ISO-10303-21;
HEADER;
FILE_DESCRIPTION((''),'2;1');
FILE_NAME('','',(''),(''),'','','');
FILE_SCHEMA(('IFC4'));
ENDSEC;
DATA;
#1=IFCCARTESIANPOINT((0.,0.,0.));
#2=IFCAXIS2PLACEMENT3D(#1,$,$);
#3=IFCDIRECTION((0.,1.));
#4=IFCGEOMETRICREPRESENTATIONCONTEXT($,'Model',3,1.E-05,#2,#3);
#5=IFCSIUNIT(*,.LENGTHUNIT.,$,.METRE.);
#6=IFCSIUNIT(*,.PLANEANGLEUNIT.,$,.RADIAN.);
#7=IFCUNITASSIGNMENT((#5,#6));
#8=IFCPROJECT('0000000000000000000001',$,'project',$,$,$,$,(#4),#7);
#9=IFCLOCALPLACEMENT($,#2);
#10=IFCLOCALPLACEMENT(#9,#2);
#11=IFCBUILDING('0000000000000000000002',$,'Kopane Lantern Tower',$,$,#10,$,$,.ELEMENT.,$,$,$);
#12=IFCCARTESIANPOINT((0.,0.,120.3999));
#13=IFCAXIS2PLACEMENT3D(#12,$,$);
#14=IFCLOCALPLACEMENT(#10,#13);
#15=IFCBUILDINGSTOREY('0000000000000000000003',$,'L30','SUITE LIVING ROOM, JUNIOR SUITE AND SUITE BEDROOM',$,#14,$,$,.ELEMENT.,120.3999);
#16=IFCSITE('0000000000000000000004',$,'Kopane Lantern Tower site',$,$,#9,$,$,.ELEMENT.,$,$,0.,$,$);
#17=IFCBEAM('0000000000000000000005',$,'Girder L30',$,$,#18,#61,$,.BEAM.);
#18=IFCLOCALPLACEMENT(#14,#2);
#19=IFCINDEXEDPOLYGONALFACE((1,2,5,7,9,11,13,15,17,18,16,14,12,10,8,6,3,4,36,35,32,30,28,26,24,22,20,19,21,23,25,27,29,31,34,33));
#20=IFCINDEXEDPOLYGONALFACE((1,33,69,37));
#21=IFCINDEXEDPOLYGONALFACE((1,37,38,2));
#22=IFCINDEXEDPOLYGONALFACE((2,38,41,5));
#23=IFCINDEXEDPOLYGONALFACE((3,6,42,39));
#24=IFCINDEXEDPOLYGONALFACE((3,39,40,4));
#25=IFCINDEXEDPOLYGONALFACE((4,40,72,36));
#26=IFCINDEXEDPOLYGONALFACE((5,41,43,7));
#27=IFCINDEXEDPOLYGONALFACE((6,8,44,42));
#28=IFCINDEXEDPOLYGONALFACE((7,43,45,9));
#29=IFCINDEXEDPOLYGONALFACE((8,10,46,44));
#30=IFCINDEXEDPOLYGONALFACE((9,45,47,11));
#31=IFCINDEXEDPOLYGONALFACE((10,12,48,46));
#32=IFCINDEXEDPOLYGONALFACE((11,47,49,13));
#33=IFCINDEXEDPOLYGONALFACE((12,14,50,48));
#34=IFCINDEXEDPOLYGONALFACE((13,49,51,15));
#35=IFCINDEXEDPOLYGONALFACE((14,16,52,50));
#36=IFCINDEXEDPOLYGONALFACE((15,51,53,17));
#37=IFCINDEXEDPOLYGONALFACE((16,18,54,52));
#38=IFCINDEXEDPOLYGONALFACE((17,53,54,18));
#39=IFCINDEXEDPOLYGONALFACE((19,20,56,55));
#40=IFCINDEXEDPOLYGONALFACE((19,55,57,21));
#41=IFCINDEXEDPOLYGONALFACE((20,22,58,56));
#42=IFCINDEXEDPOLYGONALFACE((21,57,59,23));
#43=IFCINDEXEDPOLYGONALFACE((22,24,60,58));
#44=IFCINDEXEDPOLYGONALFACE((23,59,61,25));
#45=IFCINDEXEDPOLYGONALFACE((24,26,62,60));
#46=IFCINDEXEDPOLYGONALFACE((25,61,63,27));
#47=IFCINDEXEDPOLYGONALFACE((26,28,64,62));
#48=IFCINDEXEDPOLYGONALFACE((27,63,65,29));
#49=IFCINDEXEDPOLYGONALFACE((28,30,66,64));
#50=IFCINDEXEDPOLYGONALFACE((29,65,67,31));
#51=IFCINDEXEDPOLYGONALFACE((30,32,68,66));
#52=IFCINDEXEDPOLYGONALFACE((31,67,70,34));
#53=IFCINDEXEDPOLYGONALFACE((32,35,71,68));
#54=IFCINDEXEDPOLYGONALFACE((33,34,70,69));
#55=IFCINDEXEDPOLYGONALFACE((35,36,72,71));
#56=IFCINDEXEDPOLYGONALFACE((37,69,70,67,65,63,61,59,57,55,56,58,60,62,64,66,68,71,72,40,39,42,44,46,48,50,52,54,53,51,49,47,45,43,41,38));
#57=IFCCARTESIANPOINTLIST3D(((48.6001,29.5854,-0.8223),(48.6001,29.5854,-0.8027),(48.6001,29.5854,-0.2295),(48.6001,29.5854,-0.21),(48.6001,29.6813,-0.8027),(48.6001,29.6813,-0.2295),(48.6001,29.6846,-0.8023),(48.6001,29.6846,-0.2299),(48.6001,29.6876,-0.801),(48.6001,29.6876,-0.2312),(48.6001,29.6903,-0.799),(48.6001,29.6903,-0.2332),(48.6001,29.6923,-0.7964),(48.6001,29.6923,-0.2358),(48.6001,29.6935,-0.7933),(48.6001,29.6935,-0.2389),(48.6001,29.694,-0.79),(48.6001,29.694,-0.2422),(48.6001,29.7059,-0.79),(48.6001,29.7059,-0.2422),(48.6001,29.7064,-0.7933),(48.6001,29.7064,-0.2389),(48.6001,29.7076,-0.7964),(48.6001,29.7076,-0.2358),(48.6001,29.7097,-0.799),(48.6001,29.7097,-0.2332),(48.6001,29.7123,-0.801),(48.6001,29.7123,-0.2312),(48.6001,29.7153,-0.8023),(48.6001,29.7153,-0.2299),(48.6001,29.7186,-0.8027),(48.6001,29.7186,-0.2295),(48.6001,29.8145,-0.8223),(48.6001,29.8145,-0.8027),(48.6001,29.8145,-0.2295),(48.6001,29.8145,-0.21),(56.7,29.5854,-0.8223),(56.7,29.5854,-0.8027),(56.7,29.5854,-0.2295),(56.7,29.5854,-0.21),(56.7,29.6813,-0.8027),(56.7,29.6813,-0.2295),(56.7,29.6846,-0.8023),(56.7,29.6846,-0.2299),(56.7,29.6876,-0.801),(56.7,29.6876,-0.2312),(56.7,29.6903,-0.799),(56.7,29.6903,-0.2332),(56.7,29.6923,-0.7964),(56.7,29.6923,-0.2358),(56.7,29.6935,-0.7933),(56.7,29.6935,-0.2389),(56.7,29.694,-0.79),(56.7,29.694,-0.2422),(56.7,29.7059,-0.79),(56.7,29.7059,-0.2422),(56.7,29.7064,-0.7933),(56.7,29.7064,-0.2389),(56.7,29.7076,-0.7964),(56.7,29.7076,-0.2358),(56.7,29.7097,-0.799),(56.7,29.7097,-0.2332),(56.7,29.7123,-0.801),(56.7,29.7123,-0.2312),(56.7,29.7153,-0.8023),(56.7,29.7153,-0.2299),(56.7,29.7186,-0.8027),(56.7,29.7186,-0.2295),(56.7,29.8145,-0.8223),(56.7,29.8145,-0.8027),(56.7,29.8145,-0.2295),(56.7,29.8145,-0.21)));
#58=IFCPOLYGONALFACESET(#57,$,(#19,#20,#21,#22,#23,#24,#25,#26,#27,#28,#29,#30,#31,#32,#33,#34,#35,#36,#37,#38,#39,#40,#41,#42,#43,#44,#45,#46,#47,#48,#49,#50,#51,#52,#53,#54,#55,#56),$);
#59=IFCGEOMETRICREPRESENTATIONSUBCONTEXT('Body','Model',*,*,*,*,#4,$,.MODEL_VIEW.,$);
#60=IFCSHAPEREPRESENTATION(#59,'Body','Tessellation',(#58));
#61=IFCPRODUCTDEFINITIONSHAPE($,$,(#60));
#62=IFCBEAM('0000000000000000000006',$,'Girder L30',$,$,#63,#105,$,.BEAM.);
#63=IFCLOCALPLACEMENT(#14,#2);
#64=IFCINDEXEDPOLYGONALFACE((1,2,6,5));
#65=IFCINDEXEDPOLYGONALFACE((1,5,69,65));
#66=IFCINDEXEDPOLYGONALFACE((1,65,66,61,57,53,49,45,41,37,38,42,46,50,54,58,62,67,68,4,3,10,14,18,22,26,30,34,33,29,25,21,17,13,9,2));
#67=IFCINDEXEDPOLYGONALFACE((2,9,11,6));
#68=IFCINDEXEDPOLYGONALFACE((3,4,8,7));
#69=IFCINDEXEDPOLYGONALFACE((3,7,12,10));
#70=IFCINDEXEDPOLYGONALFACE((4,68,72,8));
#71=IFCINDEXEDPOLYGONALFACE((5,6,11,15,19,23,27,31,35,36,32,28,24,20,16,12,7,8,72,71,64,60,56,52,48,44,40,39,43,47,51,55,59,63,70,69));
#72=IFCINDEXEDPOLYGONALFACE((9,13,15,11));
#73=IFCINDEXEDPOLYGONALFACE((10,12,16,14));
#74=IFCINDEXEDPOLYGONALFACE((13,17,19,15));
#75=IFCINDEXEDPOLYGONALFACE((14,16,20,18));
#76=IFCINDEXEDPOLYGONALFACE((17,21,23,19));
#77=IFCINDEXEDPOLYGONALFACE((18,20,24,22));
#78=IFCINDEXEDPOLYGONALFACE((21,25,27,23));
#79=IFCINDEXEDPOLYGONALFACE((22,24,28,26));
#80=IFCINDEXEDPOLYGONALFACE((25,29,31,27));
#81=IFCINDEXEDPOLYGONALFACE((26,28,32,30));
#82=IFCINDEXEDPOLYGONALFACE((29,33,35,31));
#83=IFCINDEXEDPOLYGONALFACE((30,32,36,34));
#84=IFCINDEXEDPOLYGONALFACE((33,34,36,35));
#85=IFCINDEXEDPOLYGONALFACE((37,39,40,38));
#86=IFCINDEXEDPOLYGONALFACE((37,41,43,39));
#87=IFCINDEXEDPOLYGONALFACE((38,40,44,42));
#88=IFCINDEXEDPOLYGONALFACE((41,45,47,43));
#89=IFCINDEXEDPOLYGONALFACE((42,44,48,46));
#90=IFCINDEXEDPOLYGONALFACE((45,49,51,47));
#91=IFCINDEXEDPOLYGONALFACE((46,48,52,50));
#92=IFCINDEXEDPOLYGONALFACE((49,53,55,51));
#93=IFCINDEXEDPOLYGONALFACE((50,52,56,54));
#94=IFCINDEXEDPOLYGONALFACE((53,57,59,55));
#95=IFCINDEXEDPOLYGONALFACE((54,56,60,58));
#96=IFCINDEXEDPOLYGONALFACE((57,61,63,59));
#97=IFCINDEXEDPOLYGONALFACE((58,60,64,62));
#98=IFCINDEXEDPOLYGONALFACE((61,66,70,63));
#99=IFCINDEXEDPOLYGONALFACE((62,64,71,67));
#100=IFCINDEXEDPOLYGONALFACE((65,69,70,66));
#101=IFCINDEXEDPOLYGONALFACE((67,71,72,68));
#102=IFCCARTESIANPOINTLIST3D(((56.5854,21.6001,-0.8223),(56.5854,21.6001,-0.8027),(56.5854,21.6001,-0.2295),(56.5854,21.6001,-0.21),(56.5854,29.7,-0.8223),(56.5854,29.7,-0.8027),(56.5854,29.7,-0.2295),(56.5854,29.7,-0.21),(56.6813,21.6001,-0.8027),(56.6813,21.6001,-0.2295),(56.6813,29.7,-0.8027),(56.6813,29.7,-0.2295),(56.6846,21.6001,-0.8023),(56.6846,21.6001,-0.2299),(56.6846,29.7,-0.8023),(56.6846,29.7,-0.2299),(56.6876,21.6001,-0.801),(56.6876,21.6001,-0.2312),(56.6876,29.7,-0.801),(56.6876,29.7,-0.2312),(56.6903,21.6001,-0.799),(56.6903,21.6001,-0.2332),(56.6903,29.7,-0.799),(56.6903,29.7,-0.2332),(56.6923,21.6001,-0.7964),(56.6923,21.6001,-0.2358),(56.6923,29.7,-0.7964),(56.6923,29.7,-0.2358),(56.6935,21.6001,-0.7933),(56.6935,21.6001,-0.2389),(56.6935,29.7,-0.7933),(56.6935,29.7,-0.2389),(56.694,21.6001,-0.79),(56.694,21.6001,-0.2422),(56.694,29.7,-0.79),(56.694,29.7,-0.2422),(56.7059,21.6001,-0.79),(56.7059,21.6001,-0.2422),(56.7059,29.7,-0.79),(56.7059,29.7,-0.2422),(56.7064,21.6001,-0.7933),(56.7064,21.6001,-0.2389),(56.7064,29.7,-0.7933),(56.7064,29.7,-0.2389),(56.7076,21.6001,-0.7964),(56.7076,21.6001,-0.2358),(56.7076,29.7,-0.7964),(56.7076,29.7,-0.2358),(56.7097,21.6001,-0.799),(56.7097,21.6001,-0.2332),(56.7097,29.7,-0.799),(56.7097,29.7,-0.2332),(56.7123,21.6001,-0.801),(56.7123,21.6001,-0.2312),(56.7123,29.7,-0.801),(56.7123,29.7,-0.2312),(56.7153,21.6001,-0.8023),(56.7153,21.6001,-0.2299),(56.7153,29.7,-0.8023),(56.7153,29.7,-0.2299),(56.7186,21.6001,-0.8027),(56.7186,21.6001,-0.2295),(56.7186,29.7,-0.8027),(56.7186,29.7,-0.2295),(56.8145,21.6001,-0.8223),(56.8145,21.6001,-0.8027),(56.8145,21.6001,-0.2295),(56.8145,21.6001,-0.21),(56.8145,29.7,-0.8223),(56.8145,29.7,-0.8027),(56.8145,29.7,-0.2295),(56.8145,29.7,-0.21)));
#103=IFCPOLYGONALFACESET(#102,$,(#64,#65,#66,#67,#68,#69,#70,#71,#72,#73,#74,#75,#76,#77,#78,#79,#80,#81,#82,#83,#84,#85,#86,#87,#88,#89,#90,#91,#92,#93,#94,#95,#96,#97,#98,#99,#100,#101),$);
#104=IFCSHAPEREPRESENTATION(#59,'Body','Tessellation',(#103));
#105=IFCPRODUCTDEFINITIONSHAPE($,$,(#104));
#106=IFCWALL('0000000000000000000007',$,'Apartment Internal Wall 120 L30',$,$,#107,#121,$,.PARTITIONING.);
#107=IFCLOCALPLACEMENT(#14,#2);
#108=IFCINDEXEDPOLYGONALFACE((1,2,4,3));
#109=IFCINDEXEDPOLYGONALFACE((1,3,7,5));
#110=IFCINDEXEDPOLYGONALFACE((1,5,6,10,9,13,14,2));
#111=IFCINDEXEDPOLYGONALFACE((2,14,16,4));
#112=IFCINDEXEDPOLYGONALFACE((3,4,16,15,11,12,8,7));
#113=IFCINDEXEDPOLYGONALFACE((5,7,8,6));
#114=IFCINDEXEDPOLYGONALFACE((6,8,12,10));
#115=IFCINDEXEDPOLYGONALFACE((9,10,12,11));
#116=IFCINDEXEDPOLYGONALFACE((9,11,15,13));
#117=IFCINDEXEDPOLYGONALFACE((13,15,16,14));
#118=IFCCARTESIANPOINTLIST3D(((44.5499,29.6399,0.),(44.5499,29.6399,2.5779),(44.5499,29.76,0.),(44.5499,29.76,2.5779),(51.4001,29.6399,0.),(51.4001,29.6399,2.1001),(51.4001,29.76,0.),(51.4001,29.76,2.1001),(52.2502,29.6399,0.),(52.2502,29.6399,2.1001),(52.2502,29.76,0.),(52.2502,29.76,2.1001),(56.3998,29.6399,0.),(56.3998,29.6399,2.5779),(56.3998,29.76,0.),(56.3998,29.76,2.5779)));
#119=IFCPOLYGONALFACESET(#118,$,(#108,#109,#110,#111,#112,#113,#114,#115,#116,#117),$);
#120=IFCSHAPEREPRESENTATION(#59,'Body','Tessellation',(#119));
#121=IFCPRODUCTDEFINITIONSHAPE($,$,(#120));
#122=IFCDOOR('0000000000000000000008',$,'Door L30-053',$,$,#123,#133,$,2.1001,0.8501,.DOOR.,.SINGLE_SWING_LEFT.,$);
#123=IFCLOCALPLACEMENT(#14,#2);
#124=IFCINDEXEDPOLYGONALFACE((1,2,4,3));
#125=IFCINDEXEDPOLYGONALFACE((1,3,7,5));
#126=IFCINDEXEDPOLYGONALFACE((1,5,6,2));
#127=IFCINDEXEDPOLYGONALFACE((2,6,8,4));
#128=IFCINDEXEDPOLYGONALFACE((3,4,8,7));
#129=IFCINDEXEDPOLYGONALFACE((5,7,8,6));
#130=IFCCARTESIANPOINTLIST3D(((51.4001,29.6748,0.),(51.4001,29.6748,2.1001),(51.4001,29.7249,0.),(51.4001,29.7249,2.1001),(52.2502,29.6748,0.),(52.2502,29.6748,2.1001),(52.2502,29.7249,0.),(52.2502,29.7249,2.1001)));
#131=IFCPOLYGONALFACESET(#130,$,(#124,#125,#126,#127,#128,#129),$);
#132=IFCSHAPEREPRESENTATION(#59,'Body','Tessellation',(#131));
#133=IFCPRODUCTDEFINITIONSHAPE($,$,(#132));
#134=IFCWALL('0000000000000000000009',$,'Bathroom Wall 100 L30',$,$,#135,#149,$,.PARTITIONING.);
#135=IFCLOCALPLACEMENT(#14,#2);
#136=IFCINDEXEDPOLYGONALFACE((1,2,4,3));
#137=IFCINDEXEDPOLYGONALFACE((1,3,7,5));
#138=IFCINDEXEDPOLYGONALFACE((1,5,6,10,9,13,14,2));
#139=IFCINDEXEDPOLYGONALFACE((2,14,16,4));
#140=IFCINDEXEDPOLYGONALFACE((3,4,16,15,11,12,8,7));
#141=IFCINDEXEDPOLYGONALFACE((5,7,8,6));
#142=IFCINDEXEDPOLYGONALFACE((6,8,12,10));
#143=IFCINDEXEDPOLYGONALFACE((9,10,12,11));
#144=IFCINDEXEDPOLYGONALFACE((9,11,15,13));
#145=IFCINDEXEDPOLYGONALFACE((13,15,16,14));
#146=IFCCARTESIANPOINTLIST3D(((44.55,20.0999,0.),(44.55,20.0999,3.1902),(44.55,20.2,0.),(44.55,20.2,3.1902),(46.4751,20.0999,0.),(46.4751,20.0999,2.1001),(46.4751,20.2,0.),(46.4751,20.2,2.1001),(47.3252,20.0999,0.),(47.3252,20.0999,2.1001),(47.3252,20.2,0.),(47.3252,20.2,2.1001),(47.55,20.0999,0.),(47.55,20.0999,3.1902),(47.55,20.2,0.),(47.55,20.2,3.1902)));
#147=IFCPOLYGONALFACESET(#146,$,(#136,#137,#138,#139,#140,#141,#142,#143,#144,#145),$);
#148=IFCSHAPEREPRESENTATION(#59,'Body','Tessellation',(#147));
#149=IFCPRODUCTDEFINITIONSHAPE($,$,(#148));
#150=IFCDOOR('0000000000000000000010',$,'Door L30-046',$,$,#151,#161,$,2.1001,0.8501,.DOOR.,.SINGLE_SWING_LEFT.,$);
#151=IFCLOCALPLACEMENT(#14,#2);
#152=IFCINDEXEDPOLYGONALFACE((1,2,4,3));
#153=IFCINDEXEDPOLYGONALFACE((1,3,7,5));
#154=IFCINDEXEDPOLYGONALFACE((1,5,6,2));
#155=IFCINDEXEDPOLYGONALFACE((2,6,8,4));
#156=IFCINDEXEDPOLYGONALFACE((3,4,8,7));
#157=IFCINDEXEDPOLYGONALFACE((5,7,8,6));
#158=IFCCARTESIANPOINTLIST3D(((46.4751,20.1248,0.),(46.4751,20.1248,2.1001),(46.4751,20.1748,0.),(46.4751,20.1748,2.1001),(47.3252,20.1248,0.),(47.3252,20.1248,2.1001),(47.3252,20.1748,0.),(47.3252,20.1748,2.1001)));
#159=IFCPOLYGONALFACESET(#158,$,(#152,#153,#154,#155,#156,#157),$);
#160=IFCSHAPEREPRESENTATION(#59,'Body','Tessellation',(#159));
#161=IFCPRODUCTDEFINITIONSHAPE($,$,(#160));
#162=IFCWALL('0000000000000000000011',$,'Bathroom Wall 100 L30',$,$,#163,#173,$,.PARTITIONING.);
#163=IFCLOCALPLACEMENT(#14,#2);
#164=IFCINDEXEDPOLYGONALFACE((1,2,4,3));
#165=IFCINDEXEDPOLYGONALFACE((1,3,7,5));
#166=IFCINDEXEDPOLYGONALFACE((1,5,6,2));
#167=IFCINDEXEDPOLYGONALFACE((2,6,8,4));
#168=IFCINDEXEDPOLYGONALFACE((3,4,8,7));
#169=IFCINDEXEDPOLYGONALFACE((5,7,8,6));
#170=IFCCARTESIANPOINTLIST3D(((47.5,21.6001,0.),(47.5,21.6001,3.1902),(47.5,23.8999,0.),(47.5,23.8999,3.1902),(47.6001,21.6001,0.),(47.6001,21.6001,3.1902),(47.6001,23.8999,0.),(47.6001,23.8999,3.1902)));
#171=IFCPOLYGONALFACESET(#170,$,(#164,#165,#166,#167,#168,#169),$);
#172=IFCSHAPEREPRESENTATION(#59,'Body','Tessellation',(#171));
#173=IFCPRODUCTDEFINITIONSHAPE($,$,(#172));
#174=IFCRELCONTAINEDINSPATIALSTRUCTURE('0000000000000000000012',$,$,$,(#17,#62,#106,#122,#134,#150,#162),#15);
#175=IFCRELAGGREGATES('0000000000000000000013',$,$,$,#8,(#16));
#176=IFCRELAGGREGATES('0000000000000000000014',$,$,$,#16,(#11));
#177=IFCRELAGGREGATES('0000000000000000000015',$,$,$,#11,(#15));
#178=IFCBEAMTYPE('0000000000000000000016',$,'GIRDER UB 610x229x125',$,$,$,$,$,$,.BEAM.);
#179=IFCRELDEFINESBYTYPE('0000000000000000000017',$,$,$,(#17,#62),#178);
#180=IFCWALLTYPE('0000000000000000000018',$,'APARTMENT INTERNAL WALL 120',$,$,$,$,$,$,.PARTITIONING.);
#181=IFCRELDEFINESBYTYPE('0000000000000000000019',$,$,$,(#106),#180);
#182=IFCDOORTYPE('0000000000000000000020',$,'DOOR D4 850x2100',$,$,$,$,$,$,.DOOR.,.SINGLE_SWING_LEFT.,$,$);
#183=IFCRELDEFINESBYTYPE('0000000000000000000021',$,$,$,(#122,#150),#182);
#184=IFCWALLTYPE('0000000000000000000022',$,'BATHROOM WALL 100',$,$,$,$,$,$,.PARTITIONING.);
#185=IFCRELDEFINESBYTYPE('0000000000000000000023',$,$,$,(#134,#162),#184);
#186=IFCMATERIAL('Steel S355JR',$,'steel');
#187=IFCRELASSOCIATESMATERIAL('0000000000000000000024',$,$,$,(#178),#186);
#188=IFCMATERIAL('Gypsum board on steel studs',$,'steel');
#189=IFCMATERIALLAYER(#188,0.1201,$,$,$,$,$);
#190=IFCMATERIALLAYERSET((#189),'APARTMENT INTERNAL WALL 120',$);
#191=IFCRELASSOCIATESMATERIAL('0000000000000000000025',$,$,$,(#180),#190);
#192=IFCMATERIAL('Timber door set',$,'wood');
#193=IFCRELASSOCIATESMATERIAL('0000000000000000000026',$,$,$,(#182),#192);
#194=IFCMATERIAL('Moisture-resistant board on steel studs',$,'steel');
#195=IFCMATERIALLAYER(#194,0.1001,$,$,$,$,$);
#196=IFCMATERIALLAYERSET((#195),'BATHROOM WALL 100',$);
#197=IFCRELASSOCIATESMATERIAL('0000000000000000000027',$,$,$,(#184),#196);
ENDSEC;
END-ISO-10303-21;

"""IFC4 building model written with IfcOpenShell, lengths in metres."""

from ifc_helpers import new_model, si_unit, direction, frame, frame_2d, origin, origin_2d, place, context, subcontext, project, spatial, rectangle, i_section, extrude, material, layer, layer_set, material_profile, profile_set, type_object, element, fill, save


model = new_model("IFC4")

# Units and contexts
model_context = context("Model", 3, precision=1e-05, world=origin(), true_north=direction((0.0, 1.0)))
body_context = subcontext(model_context, "Body", "Model", "MODEL_VIEW")
ifc_project = project(units=[si_unit("LENGTHUNIT", "METRE"), si_unit("PLANEANGLEUNIT", "RADIAN")], contexts=[model_context])

# Site, building, storey
site_placement = place(None, origin())
site = spatial("IfcSite", under=ifc_project, at=site_placement, Name="Kopane Lantern Tower site", CompositionType="ELEMENT", RefElevation=0.0)
building_placement = place(site_placement, origin())
building = spatial("IfcBuilding", under=site, at=building_placement, Name="Kopane Lantern Tower", CompositionType="ELEMENT")
storey_placement = place(building_placement, frame((0.0, 0.0, 120.3999)))
storey = spatial("IfcBuildingStorey", under=building, at=storey_placement, Name="L30", Description="SUITE LIVING ROOM, JUNIOR SUITE AND SUITE BEDROOM", CompositionType="ELEMENT", Elevation=120.3999)

# Beams
ifc_material_1 = material(Name="Steel S355JR", Category="steel")
ifc_material_profile_1 = material_profile(ifc_material_1, i_section(OverallWidth=0.229, OverallDepth=0.6123, WebThickness=0.012, FlangeThickness=0.0195, FilletRadius=0.0127, at=origin_2d()), Name="UB 610x229x125")
ifc_profile_set_1 = profile_set([ifc_material_profile_1], Name="Steel S355JR")
beam_type = type_object("IfcBeamType", Name="GIRDER UB 610x229x125", PredefinedType="BEAM", material=ifc_profile_set_1)
for number, where, z_axis, x_axis, name in (
    (1, (48.6001, 29.7, -0.5161), (1.0, 0.0, 0.0), (0.0, 1.0, 0.0), "Girder L30"),
    (2, (56.7, 21.6001, -0.5161), (0.0, 1.0, 0.0), (-1.0, 0.0, 0.0), "Girder L30"),
):
    element("IfcBeam", number, at=place(storey_placement, frame(where, z_axis=z_axis, x_axis=x_axis)), inside=storey, type_object=beam_type, Name=name, PredefinedType="BEAM", context=body_context, shape_type="SweptSolid", body=[
        extrude(i_section(OverallWidth=0.229, OverallDepth=0.6123, WebThickness=0.012, FlangeThickness=0.0195, FilletRadius=0.0127, at=origin_2d()), origin(), (0.0, 0.0, 1.0), 8.0999),
    ])

# Walls, openings, doors
ifc_material_2 = material(Name="Gypsum board on steel studs", Category="steel")
ifc_layer_1 = layer(ifc_material_2, 0.1201)
ifc_layer_set_1 = layer_set([ifc_layer_1], Name="APARTMENT INTERNAL WALL 120")
wall_type_1 = type_object("IfcWallType", Name="APARTMENT INTERNAL WALL 120", PredefinedType="PARTITIONING", material=ifc_layer_set_1)
wall_1_placement = place(storey_placement, frame((44.55, 29.7, 0.0), z_axis=(0.0, 0.0, 1.0), x_axis=(1.0, 0.0, 0.0)))
wall_1 = element("IfcWall", 3, at=wall_1_placement, inside=storey, type_object=wall_type_1, Name="Apartment Internal Wall 120 L30", PredefinedType="PARTITIONING", context=body_context, shape_type="SweptSolid", body=[
    extrude(rectangle(XDim=11.8499, YDim=0.1201, at=frame_2d((5.9248, 0.0))), origin(), (0.0, 0.0, 1.0), 2.5779),
])
opening_1_placement = place(wall_1_placement, frame((6.8501, 0.0, 0.0)))
opening_1 = element("IfcOpeningElement", 4, at=opening_1_placement, cuts=wall_1, PredefinedType="OPENING", context=body_context, shape_type="SweptSolid", body=[
    extrude(rectangle(XDim=0.8501, YDim=2.1001, at=frame_2d((0.425, 1.05))), frame((0.0, 0.0701, 0.0), z_axis=(0.0, -1.0, 0.0), x_axis=(1.0, 0.0, 0.0)), (0.0, 0.0, 1.0), 0.1401),
])
ifc_material_3 = material(Name="Timber door set", Category="wood")
door_type_1 = type_object("IfcDoorType", Name="DOOR D4 850x2100", OperationType="SINGLE_SWING_LEFT", PredefinedType="DOOR", material=ifc_material_3)
door_1_placement = place(opening_1_placement, origin())
door_1 = element("IfcDoor", 5, at=door_1_placement, inside=storey, type_object=door_type_1, Name="Door L30-053", OperationType="SINGLE_SWING_LEFT", OverallHeight=2.1001, OverallWidth=0.8501, PredefinedType="DOOR", context=body_context, shape_type="SweptSolid", body=[
    extrude(rectangle(XDim=0.8501, YDim=2.1001, at=frame_2d((0.425, 1.05))), frame((0.0, 0.0249, 0.0), z_axis=(0.0, -1.0, 0.0), x_axis=(1.0, 0.0, 0.0)), (0.0, 0.0, 1.0), 0.05),
])
fill(opening_1, door_1)
ifc_material_4 = material(Name="Moisture-resistant board on steel studs", Category="steel")
ifc_layer_2 = layer(ifc_material_4, 0.1001)
ifc_layer_set_2 = layer_set([ifc_layer_2], Name="BATHROOM WALL 100")
wall_type_2 = type_object("IfcWallType", Name="BATHROOM WALL 100", PredefinedType="PARTITIONING", material=ifc_layer_set_2)
wall_2_placement = place(storey_placement, frame((44.55, 20.1499, 0.0), z_axis=(0.0, 0.0, 1.0), x_axis=(1.0, 0.0, 0.0)))
wall_2 = element("IfcWall", 6, at=wall_2_placement, inside=storey, type_object=wall_type_2, Name="Bathroom Wall 100 L30", PredefinedType="PARTITIONING", context=body_context, shape_type="SweptSolid", body=[
    extrude(rectangle(XDim=3.0, YDim=0.1001, at=frame_2d((1.5, 0.0))), origin(), (0.0, 0.0, 1.0), 3.1902),
])
opening_2_placement = place(wall_2_placement, frame((1.925, 0.0, 0.0)))
opening_2 = element("IfcOpeningElement", 7, at=opening_2_placement, cuts=wall_2, PredefinedType="OPENING", context=body_context, shape_type="SweptSolid", body=[
    extrude(rectangle(XDim=0.8501, YDim=2.1001, at=frame_2d((0.425, 1.05))), frame((0.0, 0.0601, 0.0), z_axis=(0.0, -1.0, 0.0), x_axis=(1.0, 0.0, 0.0)), (0.0, 0.0, 1.0), 0.1201),
])
door_2_placement = place(opening_2_placement, origin())
door_2 = element("IfcDoor", 8, at=door_2_placement, inside=storey, type_object=door_type_1, Name="Door L30-046", OperationType="SINGLE_SWING_LEFT", OverallHeight=2.1001, OverallWidth=0.8501, PredefinedType="DOOR", context=body_context, shape_type="SweptSolid", body=[
    extrude(rectangle(XDim=0.8501, YDim=2.1001, at=frame_2d((0.425, 1.05))), frame((0.0, 0.0249, 0.0), z_axis=(0.0, -1.0, 0.0), x_axis=(1.0, 0.0, 0.0)), (0.0, 0.0, 1.0), 0.05),
])
fill(opening_2, door_2)

# Wall
wall_3_placement = place(storey_placement, frame((47.55, 21.6001, 0.0), z_axis=(0.0, 0.0, 1.0), x_axis=(0.0, 1.0, 0.0)))
element("IfcWall", 9, at=wall_3_placement, inside=storey, type_object=wall_type_2, Name="Bathroom Wall 100 L30", PredefinedType="PARTITIONING", context=body_context, shape_type="SweptSolid", body=[
    extrude(rectangle(XDim=2.2998, YDim=0.1001, at=frame_2d((1.1499, 0.0))), origin(), (0.0, 0.0, 1.0), 3.1902),
])

save(model, "model.ifc")
